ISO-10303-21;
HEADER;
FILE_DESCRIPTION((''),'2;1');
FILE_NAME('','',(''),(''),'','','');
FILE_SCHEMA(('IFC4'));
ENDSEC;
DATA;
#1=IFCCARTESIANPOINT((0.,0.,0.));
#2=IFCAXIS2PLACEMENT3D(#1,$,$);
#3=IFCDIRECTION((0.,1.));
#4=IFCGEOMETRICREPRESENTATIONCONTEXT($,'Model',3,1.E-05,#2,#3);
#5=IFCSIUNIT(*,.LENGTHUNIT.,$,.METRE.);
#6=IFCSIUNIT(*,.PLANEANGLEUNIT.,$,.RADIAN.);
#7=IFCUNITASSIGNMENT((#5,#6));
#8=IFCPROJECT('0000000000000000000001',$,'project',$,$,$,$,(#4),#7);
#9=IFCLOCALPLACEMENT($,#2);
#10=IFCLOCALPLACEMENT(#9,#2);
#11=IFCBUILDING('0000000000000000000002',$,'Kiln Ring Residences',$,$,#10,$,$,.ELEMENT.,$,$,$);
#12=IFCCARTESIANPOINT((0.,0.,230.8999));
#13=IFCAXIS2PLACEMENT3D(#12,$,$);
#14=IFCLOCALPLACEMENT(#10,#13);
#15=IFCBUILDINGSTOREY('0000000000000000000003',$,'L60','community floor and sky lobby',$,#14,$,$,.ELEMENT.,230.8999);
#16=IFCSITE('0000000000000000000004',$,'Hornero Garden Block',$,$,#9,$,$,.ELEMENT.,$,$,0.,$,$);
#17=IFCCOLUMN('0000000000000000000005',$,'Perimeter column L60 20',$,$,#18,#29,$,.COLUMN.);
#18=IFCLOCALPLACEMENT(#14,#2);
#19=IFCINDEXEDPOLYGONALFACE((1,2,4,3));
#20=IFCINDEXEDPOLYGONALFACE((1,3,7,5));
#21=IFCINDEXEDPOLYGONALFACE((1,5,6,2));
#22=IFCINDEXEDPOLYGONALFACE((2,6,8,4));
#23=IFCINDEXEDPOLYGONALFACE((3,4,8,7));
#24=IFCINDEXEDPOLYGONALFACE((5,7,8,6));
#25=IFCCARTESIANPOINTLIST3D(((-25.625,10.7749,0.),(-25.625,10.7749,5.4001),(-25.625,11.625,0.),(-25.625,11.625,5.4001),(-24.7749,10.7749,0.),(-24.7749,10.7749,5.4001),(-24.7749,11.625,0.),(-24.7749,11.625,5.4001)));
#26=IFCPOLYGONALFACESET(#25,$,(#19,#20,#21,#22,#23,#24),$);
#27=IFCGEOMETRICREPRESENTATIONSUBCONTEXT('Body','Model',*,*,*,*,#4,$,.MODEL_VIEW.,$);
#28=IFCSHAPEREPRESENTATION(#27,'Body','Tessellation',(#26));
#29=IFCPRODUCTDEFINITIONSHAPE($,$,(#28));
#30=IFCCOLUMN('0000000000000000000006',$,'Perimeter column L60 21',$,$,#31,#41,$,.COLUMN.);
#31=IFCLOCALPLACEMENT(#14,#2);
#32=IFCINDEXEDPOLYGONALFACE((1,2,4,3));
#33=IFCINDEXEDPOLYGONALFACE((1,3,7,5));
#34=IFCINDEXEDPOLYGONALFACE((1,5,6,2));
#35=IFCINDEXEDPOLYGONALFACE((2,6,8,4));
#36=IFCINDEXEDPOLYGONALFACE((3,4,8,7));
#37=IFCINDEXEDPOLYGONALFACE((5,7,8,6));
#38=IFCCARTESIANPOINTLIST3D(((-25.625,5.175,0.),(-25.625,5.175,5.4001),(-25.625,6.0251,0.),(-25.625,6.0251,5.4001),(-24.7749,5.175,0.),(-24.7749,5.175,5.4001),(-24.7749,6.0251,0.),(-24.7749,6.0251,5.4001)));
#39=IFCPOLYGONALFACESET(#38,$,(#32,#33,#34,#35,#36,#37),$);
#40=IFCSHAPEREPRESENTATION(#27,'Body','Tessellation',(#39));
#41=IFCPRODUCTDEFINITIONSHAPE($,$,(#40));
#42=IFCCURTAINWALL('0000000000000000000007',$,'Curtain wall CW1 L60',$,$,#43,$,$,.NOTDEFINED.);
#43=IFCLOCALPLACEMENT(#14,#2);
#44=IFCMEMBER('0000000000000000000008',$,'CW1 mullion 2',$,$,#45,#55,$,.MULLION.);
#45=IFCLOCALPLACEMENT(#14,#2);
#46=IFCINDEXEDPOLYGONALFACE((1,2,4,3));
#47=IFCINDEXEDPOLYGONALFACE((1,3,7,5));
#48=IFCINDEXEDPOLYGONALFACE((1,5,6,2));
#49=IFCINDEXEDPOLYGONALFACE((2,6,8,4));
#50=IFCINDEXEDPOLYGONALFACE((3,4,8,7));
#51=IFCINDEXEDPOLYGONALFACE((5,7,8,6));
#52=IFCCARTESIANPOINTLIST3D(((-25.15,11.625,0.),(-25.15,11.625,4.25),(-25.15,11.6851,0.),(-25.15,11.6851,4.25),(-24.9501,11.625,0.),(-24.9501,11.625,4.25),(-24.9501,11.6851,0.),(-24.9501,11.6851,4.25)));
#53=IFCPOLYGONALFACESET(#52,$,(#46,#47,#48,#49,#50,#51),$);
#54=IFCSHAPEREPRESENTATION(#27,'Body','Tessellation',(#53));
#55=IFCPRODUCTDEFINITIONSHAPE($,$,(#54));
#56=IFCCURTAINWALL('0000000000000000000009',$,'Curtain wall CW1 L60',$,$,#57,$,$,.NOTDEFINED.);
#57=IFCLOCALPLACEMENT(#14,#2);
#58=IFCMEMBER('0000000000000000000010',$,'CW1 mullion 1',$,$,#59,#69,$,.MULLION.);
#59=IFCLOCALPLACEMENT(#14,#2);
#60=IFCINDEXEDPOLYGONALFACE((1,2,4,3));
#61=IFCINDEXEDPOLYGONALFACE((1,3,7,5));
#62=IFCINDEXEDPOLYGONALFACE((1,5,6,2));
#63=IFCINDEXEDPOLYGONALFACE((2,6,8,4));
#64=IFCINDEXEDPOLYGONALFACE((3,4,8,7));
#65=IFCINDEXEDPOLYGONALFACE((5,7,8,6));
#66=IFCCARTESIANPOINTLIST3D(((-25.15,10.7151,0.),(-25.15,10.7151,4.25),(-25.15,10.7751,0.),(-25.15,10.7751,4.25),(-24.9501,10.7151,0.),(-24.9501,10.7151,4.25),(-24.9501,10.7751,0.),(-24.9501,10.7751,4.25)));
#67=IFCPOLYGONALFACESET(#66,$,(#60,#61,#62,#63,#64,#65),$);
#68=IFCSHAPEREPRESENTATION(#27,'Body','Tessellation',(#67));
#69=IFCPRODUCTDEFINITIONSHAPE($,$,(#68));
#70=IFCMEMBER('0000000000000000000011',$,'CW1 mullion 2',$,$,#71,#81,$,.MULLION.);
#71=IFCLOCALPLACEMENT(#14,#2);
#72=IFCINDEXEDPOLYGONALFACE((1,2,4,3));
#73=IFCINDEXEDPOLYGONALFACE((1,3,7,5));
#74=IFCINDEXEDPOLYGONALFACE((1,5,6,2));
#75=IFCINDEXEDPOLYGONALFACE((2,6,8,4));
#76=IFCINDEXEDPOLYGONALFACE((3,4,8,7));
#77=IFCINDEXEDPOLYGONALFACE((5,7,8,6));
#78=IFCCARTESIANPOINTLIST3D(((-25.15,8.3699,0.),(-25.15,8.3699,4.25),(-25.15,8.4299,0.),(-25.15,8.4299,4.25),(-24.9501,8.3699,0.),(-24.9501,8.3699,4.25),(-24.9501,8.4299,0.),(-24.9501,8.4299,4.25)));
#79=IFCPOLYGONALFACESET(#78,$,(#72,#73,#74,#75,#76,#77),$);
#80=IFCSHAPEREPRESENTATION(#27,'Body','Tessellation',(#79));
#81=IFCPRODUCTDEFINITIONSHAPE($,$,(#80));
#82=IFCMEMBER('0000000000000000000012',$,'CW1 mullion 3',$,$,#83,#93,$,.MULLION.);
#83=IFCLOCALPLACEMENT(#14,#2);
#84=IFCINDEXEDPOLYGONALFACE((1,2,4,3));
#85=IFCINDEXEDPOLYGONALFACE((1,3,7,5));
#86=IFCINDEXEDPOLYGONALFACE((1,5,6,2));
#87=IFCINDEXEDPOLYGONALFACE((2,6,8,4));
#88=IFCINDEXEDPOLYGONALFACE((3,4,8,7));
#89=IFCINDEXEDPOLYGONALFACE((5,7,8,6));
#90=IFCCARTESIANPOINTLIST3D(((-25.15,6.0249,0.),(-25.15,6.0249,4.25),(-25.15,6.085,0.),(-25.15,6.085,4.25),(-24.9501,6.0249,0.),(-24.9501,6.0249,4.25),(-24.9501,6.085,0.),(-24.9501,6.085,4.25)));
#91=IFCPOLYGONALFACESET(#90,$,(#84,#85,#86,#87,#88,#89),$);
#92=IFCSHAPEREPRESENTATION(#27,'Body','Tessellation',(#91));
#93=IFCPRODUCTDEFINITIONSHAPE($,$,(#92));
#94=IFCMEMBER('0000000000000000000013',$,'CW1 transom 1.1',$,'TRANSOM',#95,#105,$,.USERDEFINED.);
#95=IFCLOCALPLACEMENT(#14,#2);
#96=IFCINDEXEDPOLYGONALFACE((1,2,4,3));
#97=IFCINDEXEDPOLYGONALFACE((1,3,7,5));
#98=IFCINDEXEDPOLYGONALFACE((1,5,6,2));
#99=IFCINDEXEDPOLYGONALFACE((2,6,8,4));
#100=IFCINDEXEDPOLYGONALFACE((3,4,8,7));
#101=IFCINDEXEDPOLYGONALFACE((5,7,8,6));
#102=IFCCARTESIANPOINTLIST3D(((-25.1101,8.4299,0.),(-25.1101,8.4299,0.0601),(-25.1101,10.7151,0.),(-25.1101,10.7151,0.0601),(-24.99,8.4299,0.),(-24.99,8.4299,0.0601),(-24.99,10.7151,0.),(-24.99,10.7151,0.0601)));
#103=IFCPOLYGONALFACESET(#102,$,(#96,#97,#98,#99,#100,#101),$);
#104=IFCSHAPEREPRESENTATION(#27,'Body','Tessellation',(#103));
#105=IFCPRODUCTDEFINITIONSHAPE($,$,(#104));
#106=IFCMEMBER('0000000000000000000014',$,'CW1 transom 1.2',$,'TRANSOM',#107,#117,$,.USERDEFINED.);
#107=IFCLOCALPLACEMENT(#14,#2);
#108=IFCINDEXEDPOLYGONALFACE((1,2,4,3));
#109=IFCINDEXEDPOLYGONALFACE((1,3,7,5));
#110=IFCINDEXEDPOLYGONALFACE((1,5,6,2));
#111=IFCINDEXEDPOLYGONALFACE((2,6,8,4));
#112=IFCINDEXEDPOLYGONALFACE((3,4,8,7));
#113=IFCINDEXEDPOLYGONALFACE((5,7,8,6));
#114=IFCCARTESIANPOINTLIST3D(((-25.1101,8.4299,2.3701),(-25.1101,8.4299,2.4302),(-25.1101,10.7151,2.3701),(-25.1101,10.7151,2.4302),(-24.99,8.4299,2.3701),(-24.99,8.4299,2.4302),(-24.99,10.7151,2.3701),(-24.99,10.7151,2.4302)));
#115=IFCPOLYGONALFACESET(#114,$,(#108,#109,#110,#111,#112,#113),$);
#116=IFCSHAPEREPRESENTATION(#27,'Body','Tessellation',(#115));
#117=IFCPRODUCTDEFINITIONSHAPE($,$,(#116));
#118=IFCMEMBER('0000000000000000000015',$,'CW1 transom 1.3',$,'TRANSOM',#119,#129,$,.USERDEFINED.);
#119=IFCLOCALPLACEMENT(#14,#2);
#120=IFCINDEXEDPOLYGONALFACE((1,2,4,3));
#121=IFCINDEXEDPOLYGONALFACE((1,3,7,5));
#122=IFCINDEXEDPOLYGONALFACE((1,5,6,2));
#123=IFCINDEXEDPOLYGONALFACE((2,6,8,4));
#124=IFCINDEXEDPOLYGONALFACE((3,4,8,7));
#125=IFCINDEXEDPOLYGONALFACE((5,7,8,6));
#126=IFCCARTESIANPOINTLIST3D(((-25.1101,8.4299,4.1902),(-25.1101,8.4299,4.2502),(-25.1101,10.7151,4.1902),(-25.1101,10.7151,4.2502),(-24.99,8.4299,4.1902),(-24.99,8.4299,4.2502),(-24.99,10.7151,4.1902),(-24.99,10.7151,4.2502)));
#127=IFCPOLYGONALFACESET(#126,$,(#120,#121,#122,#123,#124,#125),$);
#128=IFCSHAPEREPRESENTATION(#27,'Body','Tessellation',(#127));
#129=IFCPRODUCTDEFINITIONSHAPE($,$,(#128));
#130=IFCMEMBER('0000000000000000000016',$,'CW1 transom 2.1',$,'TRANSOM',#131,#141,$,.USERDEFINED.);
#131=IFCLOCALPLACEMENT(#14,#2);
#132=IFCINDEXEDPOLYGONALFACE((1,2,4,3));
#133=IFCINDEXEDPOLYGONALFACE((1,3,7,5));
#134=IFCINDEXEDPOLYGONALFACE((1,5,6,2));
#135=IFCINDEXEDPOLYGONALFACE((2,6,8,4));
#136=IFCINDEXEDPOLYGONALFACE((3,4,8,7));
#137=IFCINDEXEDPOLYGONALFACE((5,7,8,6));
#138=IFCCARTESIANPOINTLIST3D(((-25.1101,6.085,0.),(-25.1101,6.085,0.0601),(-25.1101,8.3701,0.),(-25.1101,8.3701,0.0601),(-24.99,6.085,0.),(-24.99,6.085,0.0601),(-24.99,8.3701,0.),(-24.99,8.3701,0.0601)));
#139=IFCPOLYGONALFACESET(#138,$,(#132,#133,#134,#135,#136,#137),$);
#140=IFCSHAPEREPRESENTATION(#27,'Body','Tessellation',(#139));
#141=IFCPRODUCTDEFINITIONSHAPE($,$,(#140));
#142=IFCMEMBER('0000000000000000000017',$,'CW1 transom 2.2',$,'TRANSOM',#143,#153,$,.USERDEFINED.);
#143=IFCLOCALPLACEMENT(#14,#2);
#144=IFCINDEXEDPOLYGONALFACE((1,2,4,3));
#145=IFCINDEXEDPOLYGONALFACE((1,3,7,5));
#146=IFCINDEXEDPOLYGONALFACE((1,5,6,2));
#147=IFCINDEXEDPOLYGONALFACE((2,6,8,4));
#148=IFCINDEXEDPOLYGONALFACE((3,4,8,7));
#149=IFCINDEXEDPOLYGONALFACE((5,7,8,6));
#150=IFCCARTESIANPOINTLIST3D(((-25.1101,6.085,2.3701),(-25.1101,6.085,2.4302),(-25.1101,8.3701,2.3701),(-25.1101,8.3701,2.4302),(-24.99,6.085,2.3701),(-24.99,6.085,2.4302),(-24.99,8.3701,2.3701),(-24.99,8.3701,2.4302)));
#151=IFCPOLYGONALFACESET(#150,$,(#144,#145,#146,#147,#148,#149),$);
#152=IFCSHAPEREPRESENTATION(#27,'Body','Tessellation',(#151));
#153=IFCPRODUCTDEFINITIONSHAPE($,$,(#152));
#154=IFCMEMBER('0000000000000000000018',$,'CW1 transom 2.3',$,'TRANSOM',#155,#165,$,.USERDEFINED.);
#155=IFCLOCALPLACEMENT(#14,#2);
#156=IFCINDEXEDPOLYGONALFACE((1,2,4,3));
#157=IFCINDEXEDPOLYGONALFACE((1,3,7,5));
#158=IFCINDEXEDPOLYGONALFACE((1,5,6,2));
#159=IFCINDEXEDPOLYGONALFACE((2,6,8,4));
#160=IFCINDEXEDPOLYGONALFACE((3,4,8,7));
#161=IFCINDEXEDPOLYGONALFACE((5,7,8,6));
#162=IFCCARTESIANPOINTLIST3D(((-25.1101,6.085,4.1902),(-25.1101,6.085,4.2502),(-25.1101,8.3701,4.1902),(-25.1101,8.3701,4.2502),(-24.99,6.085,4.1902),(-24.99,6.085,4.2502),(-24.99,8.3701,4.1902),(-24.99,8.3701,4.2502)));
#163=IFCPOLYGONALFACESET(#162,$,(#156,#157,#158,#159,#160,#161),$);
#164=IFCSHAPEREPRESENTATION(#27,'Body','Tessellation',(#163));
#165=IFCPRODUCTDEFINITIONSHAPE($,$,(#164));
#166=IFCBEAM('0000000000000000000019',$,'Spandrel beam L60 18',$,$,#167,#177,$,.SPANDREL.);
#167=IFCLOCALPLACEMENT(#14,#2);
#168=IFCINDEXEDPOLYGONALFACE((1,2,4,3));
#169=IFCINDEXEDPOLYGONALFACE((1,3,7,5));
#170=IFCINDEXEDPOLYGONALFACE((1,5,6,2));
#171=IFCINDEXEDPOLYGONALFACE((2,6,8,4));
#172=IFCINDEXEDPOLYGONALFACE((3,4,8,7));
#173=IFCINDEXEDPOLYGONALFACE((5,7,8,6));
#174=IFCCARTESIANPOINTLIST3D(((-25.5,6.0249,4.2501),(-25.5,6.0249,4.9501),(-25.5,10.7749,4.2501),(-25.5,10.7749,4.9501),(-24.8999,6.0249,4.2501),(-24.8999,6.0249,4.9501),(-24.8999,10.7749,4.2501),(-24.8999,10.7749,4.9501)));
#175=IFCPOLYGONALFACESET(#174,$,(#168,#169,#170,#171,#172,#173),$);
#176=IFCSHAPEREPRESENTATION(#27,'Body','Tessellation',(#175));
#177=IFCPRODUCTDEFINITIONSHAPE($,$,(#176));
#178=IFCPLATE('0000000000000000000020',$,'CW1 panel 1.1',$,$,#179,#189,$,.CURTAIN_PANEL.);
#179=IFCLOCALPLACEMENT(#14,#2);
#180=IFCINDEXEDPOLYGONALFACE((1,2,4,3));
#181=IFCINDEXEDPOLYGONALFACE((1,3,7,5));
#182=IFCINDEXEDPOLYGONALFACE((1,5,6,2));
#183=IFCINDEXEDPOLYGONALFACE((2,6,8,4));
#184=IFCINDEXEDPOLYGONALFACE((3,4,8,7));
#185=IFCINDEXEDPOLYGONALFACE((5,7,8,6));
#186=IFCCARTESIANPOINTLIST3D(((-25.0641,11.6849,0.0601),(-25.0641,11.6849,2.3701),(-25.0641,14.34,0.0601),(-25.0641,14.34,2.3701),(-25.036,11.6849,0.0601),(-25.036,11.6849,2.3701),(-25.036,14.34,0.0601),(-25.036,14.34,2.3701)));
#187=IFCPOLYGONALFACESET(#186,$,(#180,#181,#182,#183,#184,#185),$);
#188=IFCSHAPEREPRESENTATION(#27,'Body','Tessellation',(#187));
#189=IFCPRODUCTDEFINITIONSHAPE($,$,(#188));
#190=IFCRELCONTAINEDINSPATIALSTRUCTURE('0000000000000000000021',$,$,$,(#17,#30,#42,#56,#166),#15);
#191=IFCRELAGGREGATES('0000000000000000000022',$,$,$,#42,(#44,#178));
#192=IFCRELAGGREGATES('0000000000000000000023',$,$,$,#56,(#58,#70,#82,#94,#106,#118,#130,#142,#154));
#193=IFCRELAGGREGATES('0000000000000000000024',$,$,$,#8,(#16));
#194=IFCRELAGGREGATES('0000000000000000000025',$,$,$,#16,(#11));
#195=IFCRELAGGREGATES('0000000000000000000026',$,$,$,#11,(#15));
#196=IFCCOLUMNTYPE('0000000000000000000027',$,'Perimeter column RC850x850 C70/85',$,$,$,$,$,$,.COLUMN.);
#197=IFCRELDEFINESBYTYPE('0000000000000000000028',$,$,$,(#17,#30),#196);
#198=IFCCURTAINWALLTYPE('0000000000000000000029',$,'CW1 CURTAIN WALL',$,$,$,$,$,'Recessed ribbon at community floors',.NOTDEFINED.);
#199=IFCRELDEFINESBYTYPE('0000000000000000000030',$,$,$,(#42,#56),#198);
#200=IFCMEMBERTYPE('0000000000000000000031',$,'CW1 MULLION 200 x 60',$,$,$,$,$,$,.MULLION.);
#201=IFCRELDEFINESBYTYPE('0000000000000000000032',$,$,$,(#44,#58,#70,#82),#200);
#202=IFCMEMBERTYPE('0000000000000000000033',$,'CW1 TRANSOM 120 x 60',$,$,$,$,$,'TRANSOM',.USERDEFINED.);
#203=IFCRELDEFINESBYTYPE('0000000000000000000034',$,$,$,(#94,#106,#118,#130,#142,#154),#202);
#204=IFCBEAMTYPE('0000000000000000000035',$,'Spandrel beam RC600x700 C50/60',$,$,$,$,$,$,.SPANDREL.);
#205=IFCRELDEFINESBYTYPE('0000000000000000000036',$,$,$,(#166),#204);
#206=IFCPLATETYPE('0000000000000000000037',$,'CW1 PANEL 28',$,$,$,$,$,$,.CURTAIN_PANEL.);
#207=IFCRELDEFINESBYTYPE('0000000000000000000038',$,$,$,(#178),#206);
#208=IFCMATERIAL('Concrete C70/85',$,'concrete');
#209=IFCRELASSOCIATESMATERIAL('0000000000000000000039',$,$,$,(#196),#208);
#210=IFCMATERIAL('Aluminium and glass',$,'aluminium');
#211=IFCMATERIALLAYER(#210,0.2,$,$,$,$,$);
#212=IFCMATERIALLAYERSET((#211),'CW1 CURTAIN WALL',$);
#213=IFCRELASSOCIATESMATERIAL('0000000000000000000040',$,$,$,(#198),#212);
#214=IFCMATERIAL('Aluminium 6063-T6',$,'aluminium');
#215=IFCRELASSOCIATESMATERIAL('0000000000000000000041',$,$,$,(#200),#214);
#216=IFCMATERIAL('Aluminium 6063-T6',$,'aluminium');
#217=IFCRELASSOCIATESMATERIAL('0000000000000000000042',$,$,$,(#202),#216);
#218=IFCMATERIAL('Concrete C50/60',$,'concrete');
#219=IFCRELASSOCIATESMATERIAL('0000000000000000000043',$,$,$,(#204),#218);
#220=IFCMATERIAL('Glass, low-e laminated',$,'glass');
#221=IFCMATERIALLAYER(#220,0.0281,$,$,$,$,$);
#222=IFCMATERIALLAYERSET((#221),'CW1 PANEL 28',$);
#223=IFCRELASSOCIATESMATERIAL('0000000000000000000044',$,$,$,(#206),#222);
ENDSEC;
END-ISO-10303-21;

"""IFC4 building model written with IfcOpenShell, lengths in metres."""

from ifc_helpers import new_model, si_unit, direction, frame, origin, origin_2d, place, context, subcontext, project, spatial, rectangle, extrude, material, layer, layer_set, material_profile, profile_set, type_object, element, aggregate, save


model = new_model("IFC4")

# Units and contexts
model_context = context("Model", 3, precision=1e-05, world=origin(), true_north=direction((0.0, 1.0)))
body_context = subcontext(model_context, "Body", "Model", "MODEL_VIEW")
ifc_project = project(units=[si_unit("LENGTHUNIT", "METRE"), si_unit("PLANEANGLEUNIT", "RADIAN")], contexts=[model_context])

# Site, building, storey
site_placement = place(None, origin())
site = spatial("IfcSite", under=ifc_project, at=site_placement, Name="Hornero Garden Block", CompositionType="ELEMENT", RefElevation=0.0)
building_placement = place(site_placement, origin())
building = spatial("IfcBuilding", under=site, at=building_placement, Name="Kiln Ring Residences", CompositionType="ELEMENT")
storey_placement = place(building_placement, frame((0.0, 0.0, 230.8999)))
storey = spatial("IfcBuildingStorey", under=building, at=storey_placement, Name="L60", Description="community floor and sky lobby", CompositionType="ELEMENT", Elevation=230.8999)

# Columns
ifc_material_1 = material(Name="Concrete C70/85", Category="concrete")
ifc_material_profile_1 = material_profile(ifc_material_1, rectangle(XDim=0.8501, YDim=0.8501, at=origin_2d()), Name="RC850x850")
ifc_profile_set_1 = profile_set([ifc_material_profile_1], Name="Concrete C70/85")
column_type = type_object("IfcColumnType", Name="Perimeter column RC850x850 C70/85", PredefinedType="COLUMN", material=ifc_profile_set_1)
for number, where, z_axis, x_axis, name in (
    (1, (-25.2, 11.2, 0.0), (0.0, 0.0, 1.0), (1.0, 0.0, 0.0), "Perimeter column L60 20"),
    (2, (-25.2, 5.6001, 0.0), (0.0, 0.0, 1.0), (1.0, 0.0, 0.0), "Perimeter column L60 21"),
):
    element("IfcColumn", number, at=place(storey_placement, frame(where, z_axis=z_axis, x_axis=x_axis)), inside=storey, type_object=column_type, Name=name, PredefinedType="COLUMN", context=body_context, shape_type="SweptSolid", body=[
        extrude(rectangle(XDim=0.8501, YDim=0.8501, at=origin_2d()), origin(), (0.0, 0.0, 1.0), 5.4001),
    ])

# Curtain wall, member
ifc_material_2 = material(Name="Aluminium and glass", Category="aluminium")
ifc_layer_1 = layer(ifc_material_2, 0.2)
ifc_layer_set_1 = layer_set([ifc_layer_1], Name="CW1 CURTAIN WALL")
curtain_wall_type = type_object("IfcCurtainWallType", Name="CW1 CURTAIN WALL", ElementType="Recessed ribbon at community floors", PredefinedType="NOTDEFINED", material=ifc_layer_set_1)
placement = place(storey_placement, origin())
curtain_wall_1 = element("IfcCurtainWall", 3, at=placement, inside=storey, type_object=curtain_wall_type, Name="Curtain wall CW1 L60", PredefinedType="NOTDEFINED")
ifc_material_3 = material(Name="Aluminium 6063-T6", Category="aluminium")
ifc_material_profile_2 = material_profile(ifc_material_3, rectangle(XDim=0.2, YDim=0.0601, at=origin_2d()), Name="AL 200x60")
ifc_profile_set_2 = profile_set([ifc_material_profile_2], Name="Aluminium 6063-T6")
member_type_1 = type_object("IfcMemberType", Name="CW1 MULLION 200 x 60", PredefinedType="MULLION", material=ifc_profile_set_2)
member_1_placement = place(storey_placement, frame((-25.05, 11.655, 0.0), z_axis=(0.0, 0.0, 1.0), x_axis=(1.0, 0.0, 0.0)))
member_1 = element("IfcMember", 4, at=member_1_placement, type_object=member_type_1, Name="CW1 mullion 2", PredefinedType="MULLION", context=body_context, shape_type="SweptSolid", body=[
    extrude(rectangle(XDim=0.2, YDim=0.0601, at=origin_2d()), origin(), (0.0, 0.0, 1.0), 4.25),
])

# Curtain wall, members
curtain_wall_2 = element("IfcCurtainWall", 5, at=placement, inside=storey, type_object=curtain_wall_type, Name="Curtain wall CW1 L60", PredefinedType="NOTDEFINED")
member_2_placement = place(storey_placement, frame((-25.05, 10.7451, 0.0), z_axis=(0.0, 0.0, 1.0), x_axis=(1.0, 0.0, 0.0)))
member_2 = element("IfcMember", 6, at=member_2_placement, type_object=member_type_1, Name="CW1 mullion 1", PredefinedType="MULLION", context=body_context, shape_type="SweptSolid", body=[
    extrude(rectangle(XDim=0.2, YDim=0.0601, at=origin_2d()), origin(), (0.0, 0.0, 1.0), 4.25),
])
member_3_placement = place(storey_placement, frame((-25.05, 8.3999, 0.0), z_axis=(0.0, 0.0, 1.0), x_axis=(1.0, 0.0, 0.0)))
member_3 = element("IfcMember", 7, at=member_3_placement, type_object=member_type_1, Name="CW1 mullion 2", PredefinedType="MULLION", context=body_context, shape_type="SweptSolid", body=[
    extrude(rectangle(XDim=0.2, YDim=0.0601, at=origin_2d()), origin(), (0.0, 0.0, 1.0), 4.25),
])
member_4_placement = place(storey_placement, frame((-25.05, 6.0549, 0.0), z_axis=(0.0, 0.0, 1.0), x_axis=(1.0, 0.0, 0.0)))
member_4 = element("IfcMember", 8, at=member_4_placement, type_object=member_type_1, Name="CW1 mullion 3", PredefinedType="MULLION", context=body_context, shape_type="SweptSolid", body=[
    extrude(rectangle(XDim=0.2, YDim=0.0601, at=origin_2d()), origin(), (0.0, 0.0, 1.0), 4.25),
])
ifc_material_4 = material(Name="Aluminium 6063-T6", Category="aluminium")
ifc_material_profile_3 = material_profile(ifc_material_4, rectangle(XDim=0.1201, YDim=0.0601, at=origin_2d()), Name="AL 120x60")
ifc_profile_set_3 = profile_set([ifc_material_profile_3], Name="Aluminium 6063-T6")
member_type_2 = type_object("IfcMemberType", Name="CW1 TRANSOM 120 x 60", ElementType="TRANSOM", PredefinedType="USERDEFINED", material=ifc_profile_set_3)
member_5_placement = place(storey_placement, frame((-25.05, 10.7151, 0.03), z_axis=(0.0, -1.0, 0.0), x_axis=(1.0, 0.0, 0.0)))
member_5 = element("IfcMember", 9, at=member_5_placement, type_object=member_type_2, Name="CW1 transom 1.1", ObjectType="TRANSOM", PredefinedType="USERDEFINED", context=body_context, shape_type="SweptSolid", body=[
    extrude(rectangle(XDim=0.1201, YDim=0.0601, at=origin_2d()), origin(), (0.0, 0.0, 1.0), 2.2852),
])
member_6_placement = place(storey_placement, frame((-25.05, 10.7151, 2.4001), z_axis=(0.0, -1.0, 0.0), x_axis=(1.0, 0.0, 0.0)))
member_6 = element("IfcMember", 10, at=member_6_placement, type_object=member_type_2, Name="CW1 transom 1.2", ObjectType="TRANSOM", PredefinedType="USERDEFINED", context=body_context, shape_type="SweptSolid", body=[
    extrude(rectangle(XDim=0.1201, YDim=0.0601, at=origin_2d()), origin(), (0.0, 0.0, 1.0), 2.2852),
])
member_7_placement = place(storey_placement, frame((-25.05, 10.7151, 4.2202), z_axis=(0.0, -1.0, 0.0), x_axis=(1.0, 0.0, 0.0)))
member_7 = element("IfcMember", 11, at=member_7_placement, type_object=member_type_2, Name="CW1 transom 1.3", ObjectType="TRANSOM", PredefinedType="USERDEFINED", context=body_context, shape_type="SweptSolid", body=[
    extrude(rectangle(XDim=0.1201, YDim=0.0601, at=origin_2d()), origin(), (0.0, 0.0, 1.0), 2.2852),
])
member_8_placement = place(storey_placement, frame((-25.05, 8.3701, 0.03), z_axis=(0.0, -1.0, 0.0), x_axis=(1.0, 0.0, 0.0)))
member_8 = element("IfcMember", 12, at=member_8_placement, type_object=member_type_2, Name="CW1 transom 2.1", ObjectType="TRANSOM", PredefinedType="USERDEFINED", context=body_context, shape_type="SweptSolid", body=[
    extrude(rectangle(XDim=0.1201, YDim=0.0601, at=origin_2d()), origin(), (0.0, 0.0, 1.0), 2.2852),
])
member_9_placement = place(storey_placement, frame((-25.05, 8.3701, 2.4001), z_axis=(0.0, -1.0, 0.0), x_axis=(1.0, 0.0, 0.0)))
member_9 = element("IfcMember", 13, at=member_9_placement, type_object=member_type_2, Name="CW1 transom 2.2", ObjectType="TRANSOM", PredefinedType="USERDEFINED", context=body_context, shape_type="SweptSolid", body=[
    extrude(rectangle(XDim=0.1201, YDim=0.0601, at=origin_2d()), origin(), (0.0, 0.0, 1.0), 2.2852),
])
member_10_placement = place(storey_placement, frame((-25.05, 8.3701, 4.2202), z_axis=(0.0, -1.0, 0.0), x_axis=(1.0, 0.0, 0.0)))
member_10 = element("IfcMember", 14, at=member_10_placement, type_object=member_type_2, Name="CW1 transom 2.3", ObjectType="TRANSOM", PredefinedType="USERDEFINED", context=body_context, shape_type="SweptSolid", body=[
    extrude(rectangle(XDim=0.1201, YDim=0.0601, at=origin_2d()), origin(), (0.0, 0.0, 1.0), 2.2852),
])

# Beam
ifc_material_5 = material(Name="Concrete C50/60", Category="concrete")
ifc_material_profile_4 = material_profile(ifc_material_5, rectangle(XDim=0.6001, YDim=0.7, at=origin_2d()), Name="RC600x700")
ifc_profile_set_4 = profile_set([ifc_material_profile_4], Name="Concrete C50/60")
beam_type = type_object("IfcBeamType", Name="Spandrel beam RC600x700 C50/60", PredefinedType="SPANDREL", material=ifc_profile_set_4)
beam_placement = place(storey_placement, frame((-25.2, 10.7749, 4.6001), z_axis=(0.0, -1.0, 0.0), x_axis=(1.0, 0.0, 0.0)))
element("IfcBeam", 15, at=beam_placement, inside=storey, type_object=beam_type, Name="Spandrel beam L60 18", PredefinedType="SPANDREL", context=body_context, shape_type="SweptSolid", body=[
    extrude(rectangle(XDim=0.6001, YDim=0.7, at=origin_2d()), origin(), (0.0, 0.0, 1.0), 4.75),
])

# Plate
ifc_material_6 = material(Name="Glass, low-e laminated", Category="glass")
ifc_layer_2 = layer(ifc_material_6, 0.0281)
ifc_layer_set_2 = layer_set([ifc_layer_2], Name="CW1 PANEL 28")
plate_type = type_object("IfcPlateType", Name="CW1 PANEL 28", PredefinedType="CURTAIN_PANEL", material=ifc_layer_set_2)
plate_1_placement = place(storey_placement, frame((-25.05, 13.0125, 0.0601), z_axis=(0.0, 0.0, 1.0), x_axis=(0.0, -1.0, 0.0)))
plate_1 = element("IfcPlate", 16, at=plate_1_placement, type_object=plate_type, Name="CW1 panel 1.1", PredefinedType="CURTAIN_PANEL", context=body_context, shape_type="SweptSolid", body=[
    extrude(rectangle(XDim=2.655, YDim=0.0281, at=origin_2d()), origin(), (0.0, 0.0, 1.0), 2.3101),
])
aggregate(curtain_wall_1, [member_1, plate_1])
aggregate(curtain_wall_2, [member_2, member_3, member_4, member_5, member_6, member_7, member_8, member_9, member_10])

save(model, "model.ifc")
